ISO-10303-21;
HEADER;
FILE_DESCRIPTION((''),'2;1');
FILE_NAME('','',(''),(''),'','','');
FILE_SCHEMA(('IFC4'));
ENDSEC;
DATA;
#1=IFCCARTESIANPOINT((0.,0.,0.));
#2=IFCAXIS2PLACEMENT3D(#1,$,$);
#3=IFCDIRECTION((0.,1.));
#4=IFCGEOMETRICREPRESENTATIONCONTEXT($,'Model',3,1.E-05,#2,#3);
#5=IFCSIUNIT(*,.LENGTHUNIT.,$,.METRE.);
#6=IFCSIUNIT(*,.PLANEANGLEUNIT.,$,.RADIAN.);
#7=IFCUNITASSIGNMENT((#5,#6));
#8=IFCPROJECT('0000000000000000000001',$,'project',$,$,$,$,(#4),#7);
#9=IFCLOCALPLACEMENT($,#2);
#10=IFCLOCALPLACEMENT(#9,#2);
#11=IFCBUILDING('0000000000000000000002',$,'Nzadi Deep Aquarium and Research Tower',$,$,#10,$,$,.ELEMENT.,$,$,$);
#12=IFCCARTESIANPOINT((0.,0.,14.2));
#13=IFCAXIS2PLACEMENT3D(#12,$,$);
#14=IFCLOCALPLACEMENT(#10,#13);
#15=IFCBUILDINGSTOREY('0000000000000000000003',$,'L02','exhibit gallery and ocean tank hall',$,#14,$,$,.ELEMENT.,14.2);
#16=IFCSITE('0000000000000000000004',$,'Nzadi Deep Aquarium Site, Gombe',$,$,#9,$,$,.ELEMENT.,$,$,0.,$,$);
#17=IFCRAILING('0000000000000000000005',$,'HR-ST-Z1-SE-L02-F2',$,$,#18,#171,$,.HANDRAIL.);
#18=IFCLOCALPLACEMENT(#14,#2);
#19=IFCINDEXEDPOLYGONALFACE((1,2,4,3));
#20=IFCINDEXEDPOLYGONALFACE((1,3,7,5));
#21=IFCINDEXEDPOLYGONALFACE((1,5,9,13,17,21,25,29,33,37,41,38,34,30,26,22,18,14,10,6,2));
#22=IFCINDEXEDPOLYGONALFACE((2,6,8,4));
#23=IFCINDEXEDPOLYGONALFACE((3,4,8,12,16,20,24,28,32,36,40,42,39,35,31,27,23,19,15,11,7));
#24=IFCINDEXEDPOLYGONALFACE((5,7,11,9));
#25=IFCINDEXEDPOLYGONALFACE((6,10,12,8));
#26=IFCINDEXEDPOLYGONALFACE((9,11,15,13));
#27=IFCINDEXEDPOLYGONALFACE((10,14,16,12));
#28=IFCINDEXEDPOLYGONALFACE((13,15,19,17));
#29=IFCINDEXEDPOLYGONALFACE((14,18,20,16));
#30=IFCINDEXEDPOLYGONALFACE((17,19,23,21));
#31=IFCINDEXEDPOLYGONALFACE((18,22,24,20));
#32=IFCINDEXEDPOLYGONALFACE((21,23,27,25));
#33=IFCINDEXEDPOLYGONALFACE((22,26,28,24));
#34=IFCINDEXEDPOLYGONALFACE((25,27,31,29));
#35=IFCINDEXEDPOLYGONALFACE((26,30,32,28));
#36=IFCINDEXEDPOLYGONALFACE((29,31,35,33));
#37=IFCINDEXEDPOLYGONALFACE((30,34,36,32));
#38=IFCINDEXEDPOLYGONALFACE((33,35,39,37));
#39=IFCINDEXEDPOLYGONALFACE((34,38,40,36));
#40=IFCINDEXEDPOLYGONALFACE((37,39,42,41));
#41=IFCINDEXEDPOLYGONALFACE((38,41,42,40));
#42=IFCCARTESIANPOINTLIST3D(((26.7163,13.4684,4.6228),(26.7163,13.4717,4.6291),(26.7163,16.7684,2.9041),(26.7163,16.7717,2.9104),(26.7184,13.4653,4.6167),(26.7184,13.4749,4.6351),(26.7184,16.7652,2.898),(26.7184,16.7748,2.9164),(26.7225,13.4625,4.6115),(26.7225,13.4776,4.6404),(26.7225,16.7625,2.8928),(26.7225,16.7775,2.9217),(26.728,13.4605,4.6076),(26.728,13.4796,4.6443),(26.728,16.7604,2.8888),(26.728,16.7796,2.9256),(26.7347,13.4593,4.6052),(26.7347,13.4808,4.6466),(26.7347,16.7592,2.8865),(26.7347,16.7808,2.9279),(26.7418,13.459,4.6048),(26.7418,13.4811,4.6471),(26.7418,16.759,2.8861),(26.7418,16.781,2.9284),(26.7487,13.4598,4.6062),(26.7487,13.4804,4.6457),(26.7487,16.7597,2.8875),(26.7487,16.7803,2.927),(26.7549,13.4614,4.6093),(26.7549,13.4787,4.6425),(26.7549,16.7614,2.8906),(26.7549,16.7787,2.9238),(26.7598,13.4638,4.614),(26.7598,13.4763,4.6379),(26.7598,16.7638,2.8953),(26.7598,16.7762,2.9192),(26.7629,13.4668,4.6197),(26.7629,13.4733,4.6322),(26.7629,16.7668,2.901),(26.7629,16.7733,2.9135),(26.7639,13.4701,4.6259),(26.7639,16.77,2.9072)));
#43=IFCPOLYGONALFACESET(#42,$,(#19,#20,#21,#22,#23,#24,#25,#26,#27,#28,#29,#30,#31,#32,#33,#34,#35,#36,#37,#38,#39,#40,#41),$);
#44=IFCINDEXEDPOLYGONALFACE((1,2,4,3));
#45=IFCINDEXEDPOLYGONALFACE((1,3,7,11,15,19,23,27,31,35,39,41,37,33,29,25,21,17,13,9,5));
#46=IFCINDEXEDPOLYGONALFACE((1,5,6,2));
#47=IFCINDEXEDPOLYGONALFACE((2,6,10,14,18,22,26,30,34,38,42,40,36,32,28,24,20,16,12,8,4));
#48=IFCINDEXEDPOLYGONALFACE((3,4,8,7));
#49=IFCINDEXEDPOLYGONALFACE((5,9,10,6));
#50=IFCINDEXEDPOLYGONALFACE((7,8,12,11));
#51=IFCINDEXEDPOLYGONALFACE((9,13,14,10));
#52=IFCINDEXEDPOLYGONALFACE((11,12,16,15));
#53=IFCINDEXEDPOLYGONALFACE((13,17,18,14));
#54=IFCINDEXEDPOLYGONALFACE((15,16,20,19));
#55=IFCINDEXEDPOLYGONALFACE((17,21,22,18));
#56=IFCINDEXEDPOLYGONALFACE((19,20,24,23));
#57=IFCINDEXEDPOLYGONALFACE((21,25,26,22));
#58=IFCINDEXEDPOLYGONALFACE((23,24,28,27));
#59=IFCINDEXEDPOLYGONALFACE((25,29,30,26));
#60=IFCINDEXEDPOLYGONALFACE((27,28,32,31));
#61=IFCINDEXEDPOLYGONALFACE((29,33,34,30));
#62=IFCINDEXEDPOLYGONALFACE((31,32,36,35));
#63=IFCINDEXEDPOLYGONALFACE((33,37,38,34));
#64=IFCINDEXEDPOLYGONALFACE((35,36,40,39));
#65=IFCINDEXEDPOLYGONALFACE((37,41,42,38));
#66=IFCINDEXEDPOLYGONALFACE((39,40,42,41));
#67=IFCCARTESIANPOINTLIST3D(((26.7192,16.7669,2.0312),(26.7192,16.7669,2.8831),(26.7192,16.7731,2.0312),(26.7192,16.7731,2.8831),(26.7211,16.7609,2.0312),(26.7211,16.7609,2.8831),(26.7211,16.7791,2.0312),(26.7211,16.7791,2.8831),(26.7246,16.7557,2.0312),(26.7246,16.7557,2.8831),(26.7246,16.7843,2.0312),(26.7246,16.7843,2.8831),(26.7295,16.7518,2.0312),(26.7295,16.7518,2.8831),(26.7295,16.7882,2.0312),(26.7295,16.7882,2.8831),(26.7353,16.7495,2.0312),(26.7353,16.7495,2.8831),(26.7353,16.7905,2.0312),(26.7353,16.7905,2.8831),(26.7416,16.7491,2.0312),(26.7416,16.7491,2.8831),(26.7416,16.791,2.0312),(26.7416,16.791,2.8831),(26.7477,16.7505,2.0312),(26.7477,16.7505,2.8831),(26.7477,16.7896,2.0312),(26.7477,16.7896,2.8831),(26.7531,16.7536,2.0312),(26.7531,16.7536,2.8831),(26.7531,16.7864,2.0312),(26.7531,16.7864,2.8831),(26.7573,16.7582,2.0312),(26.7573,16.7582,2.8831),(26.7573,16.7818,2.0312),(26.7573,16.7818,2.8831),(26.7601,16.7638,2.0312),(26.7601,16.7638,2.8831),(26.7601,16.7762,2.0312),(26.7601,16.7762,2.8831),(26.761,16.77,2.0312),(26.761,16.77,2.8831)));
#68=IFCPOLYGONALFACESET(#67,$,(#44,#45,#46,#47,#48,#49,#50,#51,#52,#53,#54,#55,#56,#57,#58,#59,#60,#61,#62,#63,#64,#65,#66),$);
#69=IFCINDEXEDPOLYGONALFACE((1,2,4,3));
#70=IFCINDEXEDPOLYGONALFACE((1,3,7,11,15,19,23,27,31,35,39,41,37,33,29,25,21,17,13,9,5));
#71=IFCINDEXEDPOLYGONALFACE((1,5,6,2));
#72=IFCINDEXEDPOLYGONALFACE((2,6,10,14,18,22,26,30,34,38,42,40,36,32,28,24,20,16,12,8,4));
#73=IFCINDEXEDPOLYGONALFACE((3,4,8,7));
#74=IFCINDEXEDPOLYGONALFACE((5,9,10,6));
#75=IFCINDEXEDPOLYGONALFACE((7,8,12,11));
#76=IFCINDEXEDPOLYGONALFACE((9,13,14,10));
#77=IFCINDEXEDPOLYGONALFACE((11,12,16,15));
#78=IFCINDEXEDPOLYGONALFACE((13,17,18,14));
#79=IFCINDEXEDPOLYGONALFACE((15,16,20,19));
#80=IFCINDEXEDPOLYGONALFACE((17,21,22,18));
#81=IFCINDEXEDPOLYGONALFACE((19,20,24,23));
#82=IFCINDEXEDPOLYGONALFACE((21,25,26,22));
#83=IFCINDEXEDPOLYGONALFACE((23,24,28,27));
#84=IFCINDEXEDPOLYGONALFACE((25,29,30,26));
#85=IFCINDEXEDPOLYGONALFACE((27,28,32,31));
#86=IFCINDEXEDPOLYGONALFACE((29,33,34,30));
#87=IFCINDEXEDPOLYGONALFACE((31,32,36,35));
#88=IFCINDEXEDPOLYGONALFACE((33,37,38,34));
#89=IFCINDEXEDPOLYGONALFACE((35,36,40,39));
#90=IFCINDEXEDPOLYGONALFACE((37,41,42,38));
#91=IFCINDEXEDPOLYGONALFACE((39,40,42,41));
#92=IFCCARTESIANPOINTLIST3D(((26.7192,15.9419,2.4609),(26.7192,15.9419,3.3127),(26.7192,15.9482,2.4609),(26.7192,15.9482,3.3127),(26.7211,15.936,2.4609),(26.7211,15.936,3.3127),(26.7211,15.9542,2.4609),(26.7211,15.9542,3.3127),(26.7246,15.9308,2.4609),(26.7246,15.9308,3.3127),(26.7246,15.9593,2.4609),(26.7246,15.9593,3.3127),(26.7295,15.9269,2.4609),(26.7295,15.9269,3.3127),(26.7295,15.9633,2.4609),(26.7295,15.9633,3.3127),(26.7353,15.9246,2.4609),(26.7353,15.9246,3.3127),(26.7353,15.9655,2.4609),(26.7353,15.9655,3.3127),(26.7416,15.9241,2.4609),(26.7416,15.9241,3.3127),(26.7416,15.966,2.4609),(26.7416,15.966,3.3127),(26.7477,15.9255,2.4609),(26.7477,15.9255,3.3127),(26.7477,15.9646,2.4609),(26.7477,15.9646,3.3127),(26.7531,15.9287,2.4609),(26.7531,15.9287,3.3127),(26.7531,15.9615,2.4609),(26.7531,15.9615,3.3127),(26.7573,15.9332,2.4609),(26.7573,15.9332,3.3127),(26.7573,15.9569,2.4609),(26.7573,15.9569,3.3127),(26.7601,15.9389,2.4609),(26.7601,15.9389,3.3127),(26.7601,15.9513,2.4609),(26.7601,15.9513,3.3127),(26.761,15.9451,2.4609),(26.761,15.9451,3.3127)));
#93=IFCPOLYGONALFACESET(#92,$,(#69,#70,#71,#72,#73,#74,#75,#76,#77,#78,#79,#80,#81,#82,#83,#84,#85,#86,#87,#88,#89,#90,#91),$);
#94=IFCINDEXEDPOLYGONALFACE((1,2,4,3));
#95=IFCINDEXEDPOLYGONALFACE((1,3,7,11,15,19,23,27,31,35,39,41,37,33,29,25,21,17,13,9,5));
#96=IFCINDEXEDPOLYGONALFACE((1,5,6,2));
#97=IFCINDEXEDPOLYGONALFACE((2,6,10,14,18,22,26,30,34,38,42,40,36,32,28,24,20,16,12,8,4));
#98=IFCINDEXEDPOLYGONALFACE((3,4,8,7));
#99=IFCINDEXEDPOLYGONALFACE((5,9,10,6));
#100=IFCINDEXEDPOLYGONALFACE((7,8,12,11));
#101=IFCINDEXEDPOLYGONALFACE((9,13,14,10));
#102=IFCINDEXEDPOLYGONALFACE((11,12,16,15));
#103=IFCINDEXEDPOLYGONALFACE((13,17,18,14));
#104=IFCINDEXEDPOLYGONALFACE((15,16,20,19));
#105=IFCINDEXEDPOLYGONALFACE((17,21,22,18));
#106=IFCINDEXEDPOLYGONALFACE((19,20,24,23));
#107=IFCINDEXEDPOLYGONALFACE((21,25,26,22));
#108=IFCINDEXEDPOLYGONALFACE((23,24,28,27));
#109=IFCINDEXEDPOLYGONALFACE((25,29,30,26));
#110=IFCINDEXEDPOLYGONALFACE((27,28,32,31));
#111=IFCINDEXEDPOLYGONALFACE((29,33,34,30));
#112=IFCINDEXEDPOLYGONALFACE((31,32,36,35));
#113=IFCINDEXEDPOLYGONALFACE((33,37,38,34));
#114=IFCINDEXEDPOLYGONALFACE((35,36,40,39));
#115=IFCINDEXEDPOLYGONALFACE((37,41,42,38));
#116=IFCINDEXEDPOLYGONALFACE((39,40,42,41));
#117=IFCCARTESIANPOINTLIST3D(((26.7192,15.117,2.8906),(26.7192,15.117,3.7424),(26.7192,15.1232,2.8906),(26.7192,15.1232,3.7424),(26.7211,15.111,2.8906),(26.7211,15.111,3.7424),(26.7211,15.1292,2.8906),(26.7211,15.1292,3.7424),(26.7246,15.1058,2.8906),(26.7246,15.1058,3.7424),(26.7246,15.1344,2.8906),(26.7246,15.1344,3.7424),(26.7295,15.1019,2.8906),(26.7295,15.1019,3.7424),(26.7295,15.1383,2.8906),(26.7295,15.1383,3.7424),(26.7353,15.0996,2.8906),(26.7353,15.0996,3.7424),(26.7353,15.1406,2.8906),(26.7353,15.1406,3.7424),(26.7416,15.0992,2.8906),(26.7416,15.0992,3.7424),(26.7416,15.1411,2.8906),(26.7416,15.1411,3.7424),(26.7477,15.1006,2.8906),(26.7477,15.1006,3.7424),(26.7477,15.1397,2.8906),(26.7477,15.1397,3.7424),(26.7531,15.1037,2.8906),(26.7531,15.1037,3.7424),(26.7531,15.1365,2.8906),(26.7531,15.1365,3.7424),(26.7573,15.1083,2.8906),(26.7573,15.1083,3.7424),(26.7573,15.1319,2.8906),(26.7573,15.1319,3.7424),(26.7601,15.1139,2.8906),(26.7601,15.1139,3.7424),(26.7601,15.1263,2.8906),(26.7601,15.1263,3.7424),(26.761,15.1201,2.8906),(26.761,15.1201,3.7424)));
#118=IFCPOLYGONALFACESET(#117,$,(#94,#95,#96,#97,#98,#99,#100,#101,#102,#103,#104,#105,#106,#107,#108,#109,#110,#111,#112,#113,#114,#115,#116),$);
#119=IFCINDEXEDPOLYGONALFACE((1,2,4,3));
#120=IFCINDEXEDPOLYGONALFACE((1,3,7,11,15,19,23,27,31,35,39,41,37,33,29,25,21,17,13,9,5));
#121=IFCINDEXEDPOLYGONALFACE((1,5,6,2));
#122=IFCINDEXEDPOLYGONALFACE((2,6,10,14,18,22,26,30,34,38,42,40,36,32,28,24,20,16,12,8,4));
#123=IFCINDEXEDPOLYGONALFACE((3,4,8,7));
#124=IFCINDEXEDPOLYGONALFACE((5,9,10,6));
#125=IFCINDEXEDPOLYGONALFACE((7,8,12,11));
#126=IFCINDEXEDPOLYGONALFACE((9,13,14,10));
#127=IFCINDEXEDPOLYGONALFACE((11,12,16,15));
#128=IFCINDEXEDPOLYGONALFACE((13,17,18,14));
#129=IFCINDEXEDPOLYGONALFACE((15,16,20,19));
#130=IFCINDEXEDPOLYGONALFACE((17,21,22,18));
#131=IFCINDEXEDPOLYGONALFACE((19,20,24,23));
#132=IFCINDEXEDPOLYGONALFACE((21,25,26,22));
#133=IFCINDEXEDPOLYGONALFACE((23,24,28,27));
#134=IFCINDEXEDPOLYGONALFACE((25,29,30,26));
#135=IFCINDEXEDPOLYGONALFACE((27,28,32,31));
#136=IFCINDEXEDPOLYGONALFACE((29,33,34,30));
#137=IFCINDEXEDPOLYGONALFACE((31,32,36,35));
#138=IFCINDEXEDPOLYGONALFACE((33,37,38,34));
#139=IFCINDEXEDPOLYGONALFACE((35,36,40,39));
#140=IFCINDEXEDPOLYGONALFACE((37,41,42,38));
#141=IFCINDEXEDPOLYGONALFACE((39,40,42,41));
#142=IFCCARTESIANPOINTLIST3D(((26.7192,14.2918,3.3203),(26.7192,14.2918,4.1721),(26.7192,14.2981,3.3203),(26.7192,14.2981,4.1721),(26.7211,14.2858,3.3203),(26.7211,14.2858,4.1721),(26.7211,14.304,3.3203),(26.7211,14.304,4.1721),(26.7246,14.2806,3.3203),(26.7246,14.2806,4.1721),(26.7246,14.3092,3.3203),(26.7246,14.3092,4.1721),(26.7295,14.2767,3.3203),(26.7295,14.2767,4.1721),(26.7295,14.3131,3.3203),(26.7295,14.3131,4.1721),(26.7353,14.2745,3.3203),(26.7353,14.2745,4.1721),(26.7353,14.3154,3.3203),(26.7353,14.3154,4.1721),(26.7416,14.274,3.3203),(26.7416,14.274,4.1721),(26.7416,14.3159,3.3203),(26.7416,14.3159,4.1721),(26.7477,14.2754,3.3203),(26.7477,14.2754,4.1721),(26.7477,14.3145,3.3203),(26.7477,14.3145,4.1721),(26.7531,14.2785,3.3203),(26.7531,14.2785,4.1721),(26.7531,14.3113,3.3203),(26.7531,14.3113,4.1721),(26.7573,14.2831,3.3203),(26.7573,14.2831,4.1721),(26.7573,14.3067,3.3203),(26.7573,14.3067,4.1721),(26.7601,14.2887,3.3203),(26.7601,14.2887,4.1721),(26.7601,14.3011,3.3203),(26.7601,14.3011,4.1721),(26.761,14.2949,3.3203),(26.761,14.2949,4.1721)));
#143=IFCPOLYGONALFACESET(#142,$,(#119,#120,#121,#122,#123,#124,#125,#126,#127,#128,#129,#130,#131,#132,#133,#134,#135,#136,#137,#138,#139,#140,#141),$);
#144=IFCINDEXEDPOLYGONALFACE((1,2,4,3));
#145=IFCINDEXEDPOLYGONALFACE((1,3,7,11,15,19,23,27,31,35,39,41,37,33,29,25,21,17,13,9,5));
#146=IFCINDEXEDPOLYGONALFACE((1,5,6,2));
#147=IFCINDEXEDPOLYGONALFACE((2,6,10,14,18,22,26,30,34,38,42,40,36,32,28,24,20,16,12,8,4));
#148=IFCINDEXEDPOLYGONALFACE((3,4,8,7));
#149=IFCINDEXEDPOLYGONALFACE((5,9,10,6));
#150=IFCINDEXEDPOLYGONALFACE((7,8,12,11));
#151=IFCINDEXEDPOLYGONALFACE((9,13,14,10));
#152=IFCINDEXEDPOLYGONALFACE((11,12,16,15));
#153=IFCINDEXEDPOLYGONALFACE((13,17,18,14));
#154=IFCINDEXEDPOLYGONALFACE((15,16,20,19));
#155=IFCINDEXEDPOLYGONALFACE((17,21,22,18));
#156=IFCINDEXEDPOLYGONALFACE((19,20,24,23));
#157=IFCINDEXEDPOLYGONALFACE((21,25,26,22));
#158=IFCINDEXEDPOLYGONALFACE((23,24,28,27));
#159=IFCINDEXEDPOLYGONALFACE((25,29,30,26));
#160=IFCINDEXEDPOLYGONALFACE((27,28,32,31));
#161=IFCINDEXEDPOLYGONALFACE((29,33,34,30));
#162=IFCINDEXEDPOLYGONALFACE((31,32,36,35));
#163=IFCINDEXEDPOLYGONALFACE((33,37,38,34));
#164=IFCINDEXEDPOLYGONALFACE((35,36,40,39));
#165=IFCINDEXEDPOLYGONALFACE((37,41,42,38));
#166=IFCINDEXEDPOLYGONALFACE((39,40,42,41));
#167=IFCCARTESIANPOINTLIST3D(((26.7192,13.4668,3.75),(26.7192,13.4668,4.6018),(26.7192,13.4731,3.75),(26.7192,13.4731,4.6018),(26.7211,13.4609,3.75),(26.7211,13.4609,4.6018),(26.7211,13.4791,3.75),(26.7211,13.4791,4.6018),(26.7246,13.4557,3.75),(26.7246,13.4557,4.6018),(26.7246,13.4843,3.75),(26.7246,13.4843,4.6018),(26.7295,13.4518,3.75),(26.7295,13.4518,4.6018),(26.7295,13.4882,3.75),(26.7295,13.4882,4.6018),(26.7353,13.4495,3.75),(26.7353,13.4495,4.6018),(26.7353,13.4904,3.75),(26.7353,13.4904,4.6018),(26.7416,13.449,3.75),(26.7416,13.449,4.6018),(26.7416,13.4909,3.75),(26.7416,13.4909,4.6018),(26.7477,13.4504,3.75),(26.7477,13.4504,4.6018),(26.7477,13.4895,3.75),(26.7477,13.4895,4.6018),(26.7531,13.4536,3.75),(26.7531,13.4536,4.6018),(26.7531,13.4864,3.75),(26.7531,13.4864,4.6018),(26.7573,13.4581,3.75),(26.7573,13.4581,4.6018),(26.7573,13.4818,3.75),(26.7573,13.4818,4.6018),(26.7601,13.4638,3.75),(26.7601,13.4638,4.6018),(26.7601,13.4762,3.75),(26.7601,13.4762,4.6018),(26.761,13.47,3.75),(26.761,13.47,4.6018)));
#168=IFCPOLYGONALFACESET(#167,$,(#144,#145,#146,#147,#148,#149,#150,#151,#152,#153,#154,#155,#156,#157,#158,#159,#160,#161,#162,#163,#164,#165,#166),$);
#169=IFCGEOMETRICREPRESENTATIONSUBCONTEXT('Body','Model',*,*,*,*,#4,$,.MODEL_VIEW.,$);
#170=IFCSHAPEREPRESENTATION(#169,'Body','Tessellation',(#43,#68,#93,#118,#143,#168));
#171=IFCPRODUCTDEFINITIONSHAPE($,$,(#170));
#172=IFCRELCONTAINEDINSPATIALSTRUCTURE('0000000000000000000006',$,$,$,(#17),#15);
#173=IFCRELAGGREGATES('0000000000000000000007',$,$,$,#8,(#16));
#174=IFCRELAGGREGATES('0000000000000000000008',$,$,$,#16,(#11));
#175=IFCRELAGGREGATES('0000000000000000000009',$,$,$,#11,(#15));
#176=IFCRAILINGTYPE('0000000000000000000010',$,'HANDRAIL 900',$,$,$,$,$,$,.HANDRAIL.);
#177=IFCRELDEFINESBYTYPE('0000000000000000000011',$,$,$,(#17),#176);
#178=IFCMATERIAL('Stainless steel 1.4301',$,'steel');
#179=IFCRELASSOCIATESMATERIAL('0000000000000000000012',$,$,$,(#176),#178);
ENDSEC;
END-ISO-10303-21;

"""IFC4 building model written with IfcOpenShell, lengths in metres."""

from ifc_helpers import new_model, si_unit, direction, frame, origin, origin_2d, place, context, subcontext, project, spatial, circle, extrude, material, type_object, element, save


model = new_model("IFC4")

# Units and contexts
model_context = context("Model", 3, precision=1e-05, world=origin(), true_north=direction((0.0, 1.0)))
body_context = subcontext(model_context, "Body", "Model", "MODEL_VIEW")
ifc_project = project(units=[si_unit("LENGTHUNIT", "METRE"), si_unit("PLANEANGLEUNIT", "RADIAN")], contexts=[model_context])

# Site, building, storey
site_placement = place(None, origin())
site = spatial("IfcSite", under=ifc_project, at=site_placement, Name="Nzadi Deep Aquarium Site, Gombe", CompositionType="ELEMENT", RefElevation=0.0)
building_placement = place(site_placement, origin())
building = spatial("IfcBuilding", under=site, at=building_placement, Name="Nzadi Deep Aquarium and Research Tower", CompositionType="ELEMENT")
storey_placement = place(building_placement, frame((0.0, 0.0, 14.2)))
storey = spatial("IfcBuildingStorey", under=building, at=storey_placement, Name="L02", Description="exhibit gallery and ocean tank hall", CompositionType="ELEMENT", Elevation=14.2)

# Railing
ifc_material_1 = material(Name="Stainless steel 1.4301", Category="steel")
railing_type = type_object("IfcRailingType", Name="HANDRAIL 900", PredefinedType="HANDRAIL", material=ifc_material_1)
for number, where, name in (
    (1, (26.74, 16.77, 2.0312), "HR-ST-Z1-SE-L02-F2"),
):
    element("IfcRailing", number, at=place(storey_placement, frame(where)), inside=storey, type_object=railing_type, Name=name, PredefinedType="HANDRAIL", context=body_context, shape_type="SweptSolid", body=[
        extrude(circle(Radius=0.0239, at=origin_2d()), frame((0.0, 0.0, 0.876), z_axis=(0.0, -0.886917, 0.461929), x_axis=(1.0, 0.0, 0.0)), (0.0, 0.0, 1.0), 3.7207),
        extrude(circle(Radius=0.021, at=origin_2d()), origin(), (0.0, 0.0, 1.0), 0.8518),
        extrude(circle(Radius=0.021, at=origin_2d()), frame((0.0, -0.825, 0.4297)), (0.0, 0.0, 1.0), 0.8518),
        extrude(circle(Radius=0.021, at=origin_2d()), frame((0.0, -1.6499, 0.8594)), (0.0, 0.0, 1.0), 0.8518),
        extrude(circle(Radius=0.021, at=origin_2d()), frame((0.0, -2.4751, 1.2891)), (0.0, 0.0, 1.0), 0.8518),
        extrude(circle(Radius=0.021, at=origin_2d()), frame((0.0, -3.3, 1.7188)), (0.0, 0.0, 1.0), 0.8518),
    ])

save(model, "model.ifc")
